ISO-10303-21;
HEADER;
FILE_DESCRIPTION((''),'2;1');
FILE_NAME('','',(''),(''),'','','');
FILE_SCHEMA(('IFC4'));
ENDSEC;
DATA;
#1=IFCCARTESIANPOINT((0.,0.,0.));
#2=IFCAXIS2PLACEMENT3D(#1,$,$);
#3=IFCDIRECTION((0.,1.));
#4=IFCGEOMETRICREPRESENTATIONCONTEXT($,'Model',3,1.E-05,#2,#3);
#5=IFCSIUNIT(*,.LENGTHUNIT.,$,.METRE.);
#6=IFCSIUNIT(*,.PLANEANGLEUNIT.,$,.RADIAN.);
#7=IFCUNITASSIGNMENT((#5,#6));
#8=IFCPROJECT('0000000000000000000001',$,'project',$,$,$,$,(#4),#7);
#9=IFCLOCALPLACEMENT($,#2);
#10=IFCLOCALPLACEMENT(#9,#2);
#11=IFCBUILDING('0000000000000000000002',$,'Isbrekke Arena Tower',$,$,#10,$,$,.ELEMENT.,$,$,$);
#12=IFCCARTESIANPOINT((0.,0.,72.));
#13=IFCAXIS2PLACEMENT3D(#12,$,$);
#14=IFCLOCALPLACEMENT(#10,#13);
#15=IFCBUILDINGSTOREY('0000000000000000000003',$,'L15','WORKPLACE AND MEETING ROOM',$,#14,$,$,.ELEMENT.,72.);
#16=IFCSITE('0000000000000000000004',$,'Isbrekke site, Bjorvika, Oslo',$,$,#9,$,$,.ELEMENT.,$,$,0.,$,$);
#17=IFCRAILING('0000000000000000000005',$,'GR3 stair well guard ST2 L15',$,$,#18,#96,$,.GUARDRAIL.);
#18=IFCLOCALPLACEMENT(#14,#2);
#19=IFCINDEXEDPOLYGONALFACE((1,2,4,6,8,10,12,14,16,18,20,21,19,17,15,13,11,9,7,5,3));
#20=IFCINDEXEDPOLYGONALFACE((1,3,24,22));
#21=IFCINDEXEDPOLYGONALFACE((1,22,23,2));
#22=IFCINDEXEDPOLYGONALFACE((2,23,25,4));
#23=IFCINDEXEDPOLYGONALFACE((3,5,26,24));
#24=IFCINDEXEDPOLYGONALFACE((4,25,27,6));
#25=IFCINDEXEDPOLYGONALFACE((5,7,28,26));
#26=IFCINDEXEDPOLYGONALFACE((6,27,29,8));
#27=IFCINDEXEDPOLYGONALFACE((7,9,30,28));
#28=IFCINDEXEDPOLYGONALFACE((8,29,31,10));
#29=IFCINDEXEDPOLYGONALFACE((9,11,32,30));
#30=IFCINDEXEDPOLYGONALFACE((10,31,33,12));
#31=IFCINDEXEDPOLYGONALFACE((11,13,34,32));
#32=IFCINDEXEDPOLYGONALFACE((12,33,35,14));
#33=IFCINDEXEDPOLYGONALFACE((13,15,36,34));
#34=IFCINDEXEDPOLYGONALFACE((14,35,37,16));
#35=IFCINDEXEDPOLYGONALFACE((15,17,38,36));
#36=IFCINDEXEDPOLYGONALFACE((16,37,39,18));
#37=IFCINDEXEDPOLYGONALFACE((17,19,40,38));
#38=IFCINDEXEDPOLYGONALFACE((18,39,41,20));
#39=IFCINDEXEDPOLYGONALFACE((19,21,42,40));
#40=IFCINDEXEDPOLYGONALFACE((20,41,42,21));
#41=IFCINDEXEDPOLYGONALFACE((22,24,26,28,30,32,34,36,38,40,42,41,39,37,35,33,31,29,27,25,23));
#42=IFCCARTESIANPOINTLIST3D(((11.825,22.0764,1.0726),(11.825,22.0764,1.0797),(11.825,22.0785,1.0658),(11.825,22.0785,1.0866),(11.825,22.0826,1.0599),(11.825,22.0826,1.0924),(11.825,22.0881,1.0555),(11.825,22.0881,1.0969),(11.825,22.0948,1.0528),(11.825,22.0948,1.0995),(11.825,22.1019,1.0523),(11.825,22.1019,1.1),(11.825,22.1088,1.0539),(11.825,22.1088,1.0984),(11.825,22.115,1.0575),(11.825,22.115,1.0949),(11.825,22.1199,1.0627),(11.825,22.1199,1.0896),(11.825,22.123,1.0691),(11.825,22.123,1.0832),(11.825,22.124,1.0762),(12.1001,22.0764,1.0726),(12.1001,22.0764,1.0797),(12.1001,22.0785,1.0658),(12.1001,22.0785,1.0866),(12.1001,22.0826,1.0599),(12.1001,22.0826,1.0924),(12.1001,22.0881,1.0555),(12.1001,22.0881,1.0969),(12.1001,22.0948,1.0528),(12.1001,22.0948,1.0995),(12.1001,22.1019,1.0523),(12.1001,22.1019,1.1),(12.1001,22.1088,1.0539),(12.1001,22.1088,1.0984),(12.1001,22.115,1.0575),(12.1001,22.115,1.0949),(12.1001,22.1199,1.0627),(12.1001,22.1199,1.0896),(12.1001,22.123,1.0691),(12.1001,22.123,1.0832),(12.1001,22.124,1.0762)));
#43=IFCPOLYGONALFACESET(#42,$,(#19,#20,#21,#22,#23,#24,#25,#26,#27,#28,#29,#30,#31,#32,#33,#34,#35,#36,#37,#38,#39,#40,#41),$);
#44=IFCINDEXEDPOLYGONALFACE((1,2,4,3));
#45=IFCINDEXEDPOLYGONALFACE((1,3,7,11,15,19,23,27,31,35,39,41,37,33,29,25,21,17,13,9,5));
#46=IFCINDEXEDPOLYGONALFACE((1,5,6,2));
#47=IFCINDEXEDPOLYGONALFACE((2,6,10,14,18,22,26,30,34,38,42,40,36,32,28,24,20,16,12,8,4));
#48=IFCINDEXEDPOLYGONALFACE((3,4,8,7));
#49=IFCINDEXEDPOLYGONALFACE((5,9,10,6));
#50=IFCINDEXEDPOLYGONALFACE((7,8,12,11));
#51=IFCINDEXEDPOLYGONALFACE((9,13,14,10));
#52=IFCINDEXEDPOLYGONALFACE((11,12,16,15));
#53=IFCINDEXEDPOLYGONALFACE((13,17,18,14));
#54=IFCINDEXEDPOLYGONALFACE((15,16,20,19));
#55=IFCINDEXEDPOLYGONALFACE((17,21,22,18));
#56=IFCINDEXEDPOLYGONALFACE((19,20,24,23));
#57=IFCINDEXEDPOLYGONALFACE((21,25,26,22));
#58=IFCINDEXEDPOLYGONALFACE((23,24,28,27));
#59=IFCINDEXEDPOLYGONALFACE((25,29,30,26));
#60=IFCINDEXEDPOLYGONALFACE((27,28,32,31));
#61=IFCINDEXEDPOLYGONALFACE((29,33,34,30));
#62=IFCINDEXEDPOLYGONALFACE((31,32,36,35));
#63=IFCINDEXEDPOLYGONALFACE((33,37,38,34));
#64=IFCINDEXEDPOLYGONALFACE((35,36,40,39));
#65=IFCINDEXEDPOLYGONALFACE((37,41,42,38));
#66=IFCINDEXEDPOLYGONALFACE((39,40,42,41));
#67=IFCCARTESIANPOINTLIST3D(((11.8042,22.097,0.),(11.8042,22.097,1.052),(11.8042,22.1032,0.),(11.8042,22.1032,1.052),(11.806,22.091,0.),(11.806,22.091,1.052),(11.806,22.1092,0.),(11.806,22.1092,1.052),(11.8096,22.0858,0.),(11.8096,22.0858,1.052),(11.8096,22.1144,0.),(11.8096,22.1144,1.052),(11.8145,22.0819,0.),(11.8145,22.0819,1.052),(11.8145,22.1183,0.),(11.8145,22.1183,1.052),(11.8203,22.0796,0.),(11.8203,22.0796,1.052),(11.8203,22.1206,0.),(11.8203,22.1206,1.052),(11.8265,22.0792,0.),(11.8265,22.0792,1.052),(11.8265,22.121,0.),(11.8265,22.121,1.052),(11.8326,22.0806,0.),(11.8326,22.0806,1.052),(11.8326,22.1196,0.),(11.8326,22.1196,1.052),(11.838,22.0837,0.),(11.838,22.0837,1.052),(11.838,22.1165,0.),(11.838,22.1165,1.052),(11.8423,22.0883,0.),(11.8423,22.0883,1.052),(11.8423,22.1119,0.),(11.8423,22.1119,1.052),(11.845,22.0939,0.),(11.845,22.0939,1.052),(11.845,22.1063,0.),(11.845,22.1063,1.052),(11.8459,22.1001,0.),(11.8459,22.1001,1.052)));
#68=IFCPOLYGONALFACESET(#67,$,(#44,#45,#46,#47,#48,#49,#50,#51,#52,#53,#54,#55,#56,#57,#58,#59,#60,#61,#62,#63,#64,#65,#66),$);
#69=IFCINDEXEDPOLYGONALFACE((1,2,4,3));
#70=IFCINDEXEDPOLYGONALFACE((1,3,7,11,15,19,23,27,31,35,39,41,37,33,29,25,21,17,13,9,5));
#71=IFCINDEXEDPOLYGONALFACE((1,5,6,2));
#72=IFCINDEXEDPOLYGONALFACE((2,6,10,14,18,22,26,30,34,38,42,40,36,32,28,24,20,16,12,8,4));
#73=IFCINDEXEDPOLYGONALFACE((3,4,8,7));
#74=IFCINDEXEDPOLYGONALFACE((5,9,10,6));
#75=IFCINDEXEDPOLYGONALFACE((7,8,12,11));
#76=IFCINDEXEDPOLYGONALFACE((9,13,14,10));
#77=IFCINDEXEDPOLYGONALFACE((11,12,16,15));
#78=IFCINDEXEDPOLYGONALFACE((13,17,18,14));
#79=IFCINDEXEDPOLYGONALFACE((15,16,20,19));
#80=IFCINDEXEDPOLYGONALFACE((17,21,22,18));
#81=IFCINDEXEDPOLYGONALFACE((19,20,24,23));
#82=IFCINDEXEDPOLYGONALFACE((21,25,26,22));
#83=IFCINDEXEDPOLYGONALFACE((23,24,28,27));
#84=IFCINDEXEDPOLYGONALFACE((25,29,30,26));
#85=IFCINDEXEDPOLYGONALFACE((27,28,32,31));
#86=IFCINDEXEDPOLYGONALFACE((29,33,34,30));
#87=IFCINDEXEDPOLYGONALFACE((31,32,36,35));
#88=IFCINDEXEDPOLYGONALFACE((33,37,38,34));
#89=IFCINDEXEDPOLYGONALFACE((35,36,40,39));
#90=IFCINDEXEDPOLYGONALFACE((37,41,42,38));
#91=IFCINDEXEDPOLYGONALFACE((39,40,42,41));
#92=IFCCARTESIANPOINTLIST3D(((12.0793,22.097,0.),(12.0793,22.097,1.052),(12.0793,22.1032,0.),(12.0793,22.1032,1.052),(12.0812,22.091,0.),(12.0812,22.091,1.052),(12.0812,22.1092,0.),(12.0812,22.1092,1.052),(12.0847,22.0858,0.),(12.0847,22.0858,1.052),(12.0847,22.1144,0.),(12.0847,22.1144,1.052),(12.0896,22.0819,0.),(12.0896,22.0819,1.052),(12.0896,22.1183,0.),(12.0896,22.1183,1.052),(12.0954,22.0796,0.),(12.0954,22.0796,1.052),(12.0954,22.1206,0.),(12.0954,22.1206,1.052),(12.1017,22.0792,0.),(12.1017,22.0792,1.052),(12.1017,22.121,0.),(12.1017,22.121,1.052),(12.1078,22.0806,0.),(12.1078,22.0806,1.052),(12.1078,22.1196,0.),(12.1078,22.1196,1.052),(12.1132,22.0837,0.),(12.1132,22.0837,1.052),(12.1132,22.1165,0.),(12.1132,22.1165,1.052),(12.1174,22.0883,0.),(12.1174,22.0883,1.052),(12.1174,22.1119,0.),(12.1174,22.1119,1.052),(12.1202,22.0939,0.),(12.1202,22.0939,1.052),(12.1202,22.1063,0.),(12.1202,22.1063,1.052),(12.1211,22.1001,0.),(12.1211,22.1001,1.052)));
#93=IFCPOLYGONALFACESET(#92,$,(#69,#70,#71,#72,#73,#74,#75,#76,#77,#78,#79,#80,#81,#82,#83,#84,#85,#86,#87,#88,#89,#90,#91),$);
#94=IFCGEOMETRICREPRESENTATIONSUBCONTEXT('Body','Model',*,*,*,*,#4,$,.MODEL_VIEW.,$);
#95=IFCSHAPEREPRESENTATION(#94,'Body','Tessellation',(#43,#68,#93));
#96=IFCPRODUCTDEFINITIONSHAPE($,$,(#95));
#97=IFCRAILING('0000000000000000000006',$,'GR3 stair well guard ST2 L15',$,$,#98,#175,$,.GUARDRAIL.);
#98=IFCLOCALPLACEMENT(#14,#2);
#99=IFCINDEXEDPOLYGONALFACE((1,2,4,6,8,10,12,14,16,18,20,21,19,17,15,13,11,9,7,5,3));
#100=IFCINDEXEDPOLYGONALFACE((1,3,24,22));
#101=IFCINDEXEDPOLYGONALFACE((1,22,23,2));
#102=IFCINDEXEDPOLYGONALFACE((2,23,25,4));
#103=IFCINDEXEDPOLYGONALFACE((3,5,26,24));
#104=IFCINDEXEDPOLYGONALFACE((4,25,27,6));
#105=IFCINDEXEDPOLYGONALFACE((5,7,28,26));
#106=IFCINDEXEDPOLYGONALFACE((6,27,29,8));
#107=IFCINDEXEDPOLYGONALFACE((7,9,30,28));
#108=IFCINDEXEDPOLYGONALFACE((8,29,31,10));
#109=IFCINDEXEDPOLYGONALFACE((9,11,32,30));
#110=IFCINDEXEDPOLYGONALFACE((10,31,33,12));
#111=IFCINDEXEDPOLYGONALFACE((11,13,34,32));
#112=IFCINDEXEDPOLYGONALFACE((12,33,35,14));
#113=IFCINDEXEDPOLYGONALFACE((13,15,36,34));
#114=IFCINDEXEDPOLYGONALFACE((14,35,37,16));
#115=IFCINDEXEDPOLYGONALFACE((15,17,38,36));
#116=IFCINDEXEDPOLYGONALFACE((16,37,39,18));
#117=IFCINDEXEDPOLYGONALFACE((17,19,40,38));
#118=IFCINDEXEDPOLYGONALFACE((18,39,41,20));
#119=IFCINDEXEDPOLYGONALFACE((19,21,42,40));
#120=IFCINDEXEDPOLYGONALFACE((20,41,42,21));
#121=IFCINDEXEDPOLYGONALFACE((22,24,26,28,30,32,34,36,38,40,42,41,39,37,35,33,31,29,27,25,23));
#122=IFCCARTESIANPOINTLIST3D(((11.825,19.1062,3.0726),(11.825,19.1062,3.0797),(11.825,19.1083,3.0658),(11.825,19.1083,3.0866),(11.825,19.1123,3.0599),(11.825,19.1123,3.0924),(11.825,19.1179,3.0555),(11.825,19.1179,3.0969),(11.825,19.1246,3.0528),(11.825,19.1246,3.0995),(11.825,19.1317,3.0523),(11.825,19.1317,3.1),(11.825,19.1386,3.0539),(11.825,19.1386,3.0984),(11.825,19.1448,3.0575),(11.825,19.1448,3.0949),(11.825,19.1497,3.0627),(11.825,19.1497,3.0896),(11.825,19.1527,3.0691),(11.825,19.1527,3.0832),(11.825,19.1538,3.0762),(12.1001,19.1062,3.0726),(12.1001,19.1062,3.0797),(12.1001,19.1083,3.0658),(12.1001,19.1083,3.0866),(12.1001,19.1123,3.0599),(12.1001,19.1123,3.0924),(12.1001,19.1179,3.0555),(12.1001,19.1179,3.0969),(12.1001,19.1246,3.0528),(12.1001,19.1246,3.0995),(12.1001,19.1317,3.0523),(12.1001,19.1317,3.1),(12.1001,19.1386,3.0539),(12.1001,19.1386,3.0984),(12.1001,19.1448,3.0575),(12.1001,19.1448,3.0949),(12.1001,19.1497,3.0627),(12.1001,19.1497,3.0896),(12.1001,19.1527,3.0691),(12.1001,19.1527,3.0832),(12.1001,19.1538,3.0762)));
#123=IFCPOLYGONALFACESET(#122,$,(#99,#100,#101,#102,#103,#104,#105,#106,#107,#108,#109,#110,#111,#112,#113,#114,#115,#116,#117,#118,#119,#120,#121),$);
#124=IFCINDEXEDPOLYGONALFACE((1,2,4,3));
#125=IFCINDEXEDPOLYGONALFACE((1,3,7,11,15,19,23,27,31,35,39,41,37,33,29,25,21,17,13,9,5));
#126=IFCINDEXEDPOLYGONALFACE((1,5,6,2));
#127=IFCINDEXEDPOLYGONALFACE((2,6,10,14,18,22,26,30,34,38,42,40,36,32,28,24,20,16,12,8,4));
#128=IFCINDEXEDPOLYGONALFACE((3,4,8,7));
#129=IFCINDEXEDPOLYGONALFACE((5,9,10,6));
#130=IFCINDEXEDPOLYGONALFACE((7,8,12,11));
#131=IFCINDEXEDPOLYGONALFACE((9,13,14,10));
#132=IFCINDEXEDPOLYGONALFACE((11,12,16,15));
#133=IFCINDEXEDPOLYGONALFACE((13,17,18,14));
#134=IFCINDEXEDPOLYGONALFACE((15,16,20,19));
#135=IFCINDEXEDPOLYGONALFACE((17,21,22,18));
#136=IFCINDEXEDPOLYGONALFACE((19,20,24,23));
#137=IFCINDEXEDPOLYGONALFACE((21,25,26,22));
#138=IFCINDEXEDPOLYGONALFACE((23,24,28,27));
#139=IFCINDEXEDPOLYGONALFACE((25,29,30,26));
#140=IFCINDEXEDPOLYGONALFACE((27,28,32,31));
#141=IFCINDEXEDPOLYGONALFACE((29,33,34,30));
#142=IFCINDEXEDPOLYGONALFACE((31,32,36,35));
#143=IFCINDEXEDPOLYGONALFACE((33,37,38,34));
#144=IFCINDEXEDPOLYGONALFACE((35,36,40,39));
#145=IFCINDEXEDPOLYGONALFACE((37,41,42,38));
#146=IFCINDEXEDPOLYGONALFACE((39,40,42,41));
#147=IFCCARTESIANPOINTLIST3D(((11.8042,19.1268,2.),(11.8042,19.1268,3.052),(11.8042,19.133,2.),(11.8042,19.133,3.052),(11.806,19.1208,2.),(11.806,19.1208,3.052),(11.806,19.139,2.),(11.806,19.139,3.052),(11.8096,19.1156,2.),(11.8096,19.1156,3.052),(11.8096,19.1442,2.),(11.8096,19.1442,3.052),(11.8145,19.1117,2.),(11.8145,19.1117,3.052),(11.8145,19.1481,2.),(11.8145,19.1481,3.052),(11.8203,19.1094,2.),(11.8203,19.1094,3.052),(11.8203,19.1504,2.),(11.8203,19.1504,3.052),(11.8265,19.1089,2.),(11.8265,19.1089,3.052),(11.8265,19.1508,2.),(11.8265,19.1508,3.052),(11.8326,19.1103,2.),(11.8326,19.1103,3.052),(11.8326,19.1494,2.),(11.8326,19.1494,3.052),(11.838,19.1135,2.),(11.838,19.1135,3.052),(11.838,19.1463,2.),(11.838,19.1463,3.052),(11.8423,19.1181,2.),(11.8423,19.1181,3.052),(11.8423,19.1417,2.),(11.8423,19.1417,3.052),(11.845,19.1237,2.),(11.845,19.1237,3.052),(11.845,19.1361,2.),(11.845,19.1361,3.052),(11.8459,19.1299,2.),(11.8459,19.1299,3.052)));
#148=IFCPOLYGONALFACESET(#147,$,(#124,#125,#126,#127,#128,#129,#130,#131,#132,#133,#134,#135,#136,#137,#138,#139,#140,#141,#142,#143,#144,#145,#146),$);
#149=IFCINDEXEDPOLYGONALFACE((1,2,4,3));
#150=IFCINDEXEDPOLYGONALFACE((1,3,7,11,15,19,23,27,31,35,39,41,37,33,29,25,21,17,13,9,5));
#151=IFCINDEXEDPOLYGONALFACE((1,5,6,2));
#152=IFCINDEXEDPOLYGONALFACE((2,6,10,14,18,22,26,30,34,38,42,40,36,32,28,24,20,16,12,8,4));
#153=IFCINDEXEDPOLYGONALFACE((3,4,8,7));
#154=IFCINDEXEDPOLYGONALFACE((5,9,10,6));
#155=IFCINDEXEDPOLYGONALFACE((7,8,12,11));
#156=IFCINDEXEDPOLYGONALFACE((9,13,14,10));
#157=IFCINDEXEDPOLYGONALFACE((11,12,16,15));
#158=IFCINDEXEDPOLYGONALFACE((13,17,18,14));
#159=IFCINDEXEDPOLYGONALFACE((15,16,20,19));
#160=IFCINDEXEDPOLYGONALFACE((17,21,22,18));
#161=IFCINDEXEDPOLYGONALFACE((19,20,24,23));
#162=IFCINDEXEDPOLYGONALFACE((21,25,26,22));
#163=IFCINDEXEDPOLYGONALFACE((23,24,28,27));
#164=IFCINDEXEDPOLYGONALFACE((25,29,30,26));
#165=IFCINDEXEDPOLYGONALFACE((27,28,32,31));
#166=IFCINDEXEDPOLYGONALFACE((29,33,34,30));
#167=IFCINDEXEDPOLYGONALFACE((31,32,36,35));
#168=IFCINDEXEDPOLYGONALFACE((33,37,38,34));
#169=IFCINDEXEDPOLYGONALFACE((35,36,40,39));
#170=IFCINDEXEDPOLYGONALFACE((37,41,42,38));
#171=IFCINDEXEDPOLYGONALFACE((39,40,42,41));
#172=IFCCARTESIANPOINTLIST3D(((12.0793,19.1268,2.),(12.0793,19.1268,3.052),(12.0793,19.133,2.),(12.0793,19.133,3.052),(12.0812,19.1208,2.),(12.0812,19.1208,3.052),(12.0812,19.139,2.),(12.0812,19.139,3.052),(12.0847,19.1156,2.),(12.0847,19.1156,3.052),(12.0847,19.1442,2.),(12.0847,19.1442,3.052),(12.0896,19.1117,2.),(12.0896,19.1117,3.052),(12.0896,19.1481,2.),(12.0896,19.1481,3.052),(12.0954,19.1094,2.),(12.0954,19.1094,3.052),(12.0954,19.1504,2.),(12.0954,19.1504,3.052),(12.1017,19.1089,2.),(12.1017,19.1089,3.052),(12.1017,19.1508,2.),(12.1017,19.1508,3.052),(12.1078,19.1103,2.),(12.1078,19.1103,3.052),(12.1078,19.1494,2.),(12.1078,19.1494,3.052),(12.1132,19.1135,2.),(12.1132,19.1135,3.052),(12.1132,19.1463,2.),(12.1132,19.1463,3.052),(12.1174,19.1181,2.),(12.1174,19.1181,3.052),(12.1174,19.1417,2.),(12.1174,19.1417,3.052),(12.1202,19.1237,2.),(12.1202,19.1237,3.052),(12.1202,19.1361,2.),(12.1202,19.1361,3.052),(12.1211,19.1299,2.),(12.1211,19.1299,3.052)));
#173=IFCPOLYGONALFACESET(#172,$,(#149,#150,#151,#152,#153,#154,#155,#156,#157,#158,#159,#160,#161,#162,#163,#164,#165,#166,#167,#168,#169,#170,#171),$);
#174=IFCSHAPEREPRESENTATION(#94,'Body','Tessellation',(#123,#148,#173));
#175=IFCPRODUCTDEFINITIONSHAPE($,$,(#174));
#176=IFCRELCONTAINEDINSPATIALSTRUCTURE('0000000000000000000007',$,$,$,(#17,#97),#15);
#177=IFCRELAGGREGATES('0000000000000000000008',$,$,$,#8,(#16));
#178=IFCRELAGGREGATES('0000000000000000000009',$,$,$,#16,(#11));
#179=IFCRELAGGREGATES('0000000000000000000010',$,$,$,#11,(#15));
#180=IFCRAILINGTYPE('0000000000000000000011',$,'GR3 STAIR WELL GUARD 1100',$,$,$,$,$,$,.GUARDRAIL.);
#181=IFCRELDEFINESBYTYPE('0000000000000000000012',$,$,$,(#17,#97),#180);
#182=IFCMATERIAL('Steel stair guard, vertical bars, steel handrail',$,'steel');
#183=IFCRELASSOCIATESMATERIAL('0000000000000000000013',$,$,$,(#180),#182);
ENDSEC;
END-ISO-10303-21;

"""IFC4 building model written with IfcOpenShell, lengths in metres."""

from ifc_helpers import new_model, si_unit, direction, frame, origin, origin_2d, place, context, subcontext, project, spatial, circle, extrude, material, type_object, element, save


model = new_model("IFC4")

# Units and contexts
model_context = context("Model", 3, precision=1e-05, world=origin(), true_north=direction((0.0, 1.0)))
body_context = subcontext(model_context, "Body", "Model", "MODEL_VIEW")
ifc_project = project(units=[si_unit("LENGTHUNIT", "METRE"), si_unit("PLANEANGLEUNIT", "RADIAN")], contexts=[model_context])

# Site, building, storey
site_placement = place(None, origin())
site = spatial("IfcSite", under=ifc_project, at=site_placement, Name="Isbrekke site, Bjorvika, Oslo", CompositionType="ELEMENT", RefElevation=0.0)
building_placement = place(site_placement, origin())
building = spatial("IfcBuilding", under=site, at=building_placement, Name="Isbrekke Arena Tower", CompositionType="ELEMENT")
storey_placement = place(building_placement, frame((0.0, 0.0, 72.0)))
storey = spatial("IfcBuildingStorey", under=building, at=storey_placement, Name="L15", Description="WORKPLACE AND MEETING ROOM", CompositionType="ELEMENT", Elevation=72.0)

# Railings
ifc_material_1 = material(Name="Steel stair guard, vertical bars, steel handrail", Category="steel")
railing_type = type_object("IfcRailingType", Name="GR3 STAIR WELL GUARD 1100", PredefinedType="GUARDRAIL", material=ifc_material_1)
for number, where, name in (
    (1, (11.825, 22.1001, 0.0), "GR3 stair well guard ST2 L15"),
    (2, (11.825, 19.1299, 2.0), "GR3 stair well guard ST2 L15"),
):
    element("IfcRailing", number, at=place(storey_placement, frame(where)), inside=storey, type_object=railing_type, Name=name, PredefinedType="GUARDRAIL", context=body_context, shape_type="SweptSolid", body=[
        extrude(circle(Radius=0.0239, at=origin_2d()), frame((0.0, 0.0, 1.0762), z_axis=(1.0, 0.0, 0.0), x_axis=(0.0, 1.0, 0.0)), (0.0, 0.0, 1.0), 0.2751),
        extrude(circle(Radius=0.021, at=origin_2d()), origin(), (0.0, 0.0, 1.0), 1.052),
        extrude(circle(Radius=0.021, at=origin_2d()), frame((0.2751, 0.0, 0.0)), (0.0, 0.0, 1.0), 1.052),
    ])

save(model, "model.ifc")
